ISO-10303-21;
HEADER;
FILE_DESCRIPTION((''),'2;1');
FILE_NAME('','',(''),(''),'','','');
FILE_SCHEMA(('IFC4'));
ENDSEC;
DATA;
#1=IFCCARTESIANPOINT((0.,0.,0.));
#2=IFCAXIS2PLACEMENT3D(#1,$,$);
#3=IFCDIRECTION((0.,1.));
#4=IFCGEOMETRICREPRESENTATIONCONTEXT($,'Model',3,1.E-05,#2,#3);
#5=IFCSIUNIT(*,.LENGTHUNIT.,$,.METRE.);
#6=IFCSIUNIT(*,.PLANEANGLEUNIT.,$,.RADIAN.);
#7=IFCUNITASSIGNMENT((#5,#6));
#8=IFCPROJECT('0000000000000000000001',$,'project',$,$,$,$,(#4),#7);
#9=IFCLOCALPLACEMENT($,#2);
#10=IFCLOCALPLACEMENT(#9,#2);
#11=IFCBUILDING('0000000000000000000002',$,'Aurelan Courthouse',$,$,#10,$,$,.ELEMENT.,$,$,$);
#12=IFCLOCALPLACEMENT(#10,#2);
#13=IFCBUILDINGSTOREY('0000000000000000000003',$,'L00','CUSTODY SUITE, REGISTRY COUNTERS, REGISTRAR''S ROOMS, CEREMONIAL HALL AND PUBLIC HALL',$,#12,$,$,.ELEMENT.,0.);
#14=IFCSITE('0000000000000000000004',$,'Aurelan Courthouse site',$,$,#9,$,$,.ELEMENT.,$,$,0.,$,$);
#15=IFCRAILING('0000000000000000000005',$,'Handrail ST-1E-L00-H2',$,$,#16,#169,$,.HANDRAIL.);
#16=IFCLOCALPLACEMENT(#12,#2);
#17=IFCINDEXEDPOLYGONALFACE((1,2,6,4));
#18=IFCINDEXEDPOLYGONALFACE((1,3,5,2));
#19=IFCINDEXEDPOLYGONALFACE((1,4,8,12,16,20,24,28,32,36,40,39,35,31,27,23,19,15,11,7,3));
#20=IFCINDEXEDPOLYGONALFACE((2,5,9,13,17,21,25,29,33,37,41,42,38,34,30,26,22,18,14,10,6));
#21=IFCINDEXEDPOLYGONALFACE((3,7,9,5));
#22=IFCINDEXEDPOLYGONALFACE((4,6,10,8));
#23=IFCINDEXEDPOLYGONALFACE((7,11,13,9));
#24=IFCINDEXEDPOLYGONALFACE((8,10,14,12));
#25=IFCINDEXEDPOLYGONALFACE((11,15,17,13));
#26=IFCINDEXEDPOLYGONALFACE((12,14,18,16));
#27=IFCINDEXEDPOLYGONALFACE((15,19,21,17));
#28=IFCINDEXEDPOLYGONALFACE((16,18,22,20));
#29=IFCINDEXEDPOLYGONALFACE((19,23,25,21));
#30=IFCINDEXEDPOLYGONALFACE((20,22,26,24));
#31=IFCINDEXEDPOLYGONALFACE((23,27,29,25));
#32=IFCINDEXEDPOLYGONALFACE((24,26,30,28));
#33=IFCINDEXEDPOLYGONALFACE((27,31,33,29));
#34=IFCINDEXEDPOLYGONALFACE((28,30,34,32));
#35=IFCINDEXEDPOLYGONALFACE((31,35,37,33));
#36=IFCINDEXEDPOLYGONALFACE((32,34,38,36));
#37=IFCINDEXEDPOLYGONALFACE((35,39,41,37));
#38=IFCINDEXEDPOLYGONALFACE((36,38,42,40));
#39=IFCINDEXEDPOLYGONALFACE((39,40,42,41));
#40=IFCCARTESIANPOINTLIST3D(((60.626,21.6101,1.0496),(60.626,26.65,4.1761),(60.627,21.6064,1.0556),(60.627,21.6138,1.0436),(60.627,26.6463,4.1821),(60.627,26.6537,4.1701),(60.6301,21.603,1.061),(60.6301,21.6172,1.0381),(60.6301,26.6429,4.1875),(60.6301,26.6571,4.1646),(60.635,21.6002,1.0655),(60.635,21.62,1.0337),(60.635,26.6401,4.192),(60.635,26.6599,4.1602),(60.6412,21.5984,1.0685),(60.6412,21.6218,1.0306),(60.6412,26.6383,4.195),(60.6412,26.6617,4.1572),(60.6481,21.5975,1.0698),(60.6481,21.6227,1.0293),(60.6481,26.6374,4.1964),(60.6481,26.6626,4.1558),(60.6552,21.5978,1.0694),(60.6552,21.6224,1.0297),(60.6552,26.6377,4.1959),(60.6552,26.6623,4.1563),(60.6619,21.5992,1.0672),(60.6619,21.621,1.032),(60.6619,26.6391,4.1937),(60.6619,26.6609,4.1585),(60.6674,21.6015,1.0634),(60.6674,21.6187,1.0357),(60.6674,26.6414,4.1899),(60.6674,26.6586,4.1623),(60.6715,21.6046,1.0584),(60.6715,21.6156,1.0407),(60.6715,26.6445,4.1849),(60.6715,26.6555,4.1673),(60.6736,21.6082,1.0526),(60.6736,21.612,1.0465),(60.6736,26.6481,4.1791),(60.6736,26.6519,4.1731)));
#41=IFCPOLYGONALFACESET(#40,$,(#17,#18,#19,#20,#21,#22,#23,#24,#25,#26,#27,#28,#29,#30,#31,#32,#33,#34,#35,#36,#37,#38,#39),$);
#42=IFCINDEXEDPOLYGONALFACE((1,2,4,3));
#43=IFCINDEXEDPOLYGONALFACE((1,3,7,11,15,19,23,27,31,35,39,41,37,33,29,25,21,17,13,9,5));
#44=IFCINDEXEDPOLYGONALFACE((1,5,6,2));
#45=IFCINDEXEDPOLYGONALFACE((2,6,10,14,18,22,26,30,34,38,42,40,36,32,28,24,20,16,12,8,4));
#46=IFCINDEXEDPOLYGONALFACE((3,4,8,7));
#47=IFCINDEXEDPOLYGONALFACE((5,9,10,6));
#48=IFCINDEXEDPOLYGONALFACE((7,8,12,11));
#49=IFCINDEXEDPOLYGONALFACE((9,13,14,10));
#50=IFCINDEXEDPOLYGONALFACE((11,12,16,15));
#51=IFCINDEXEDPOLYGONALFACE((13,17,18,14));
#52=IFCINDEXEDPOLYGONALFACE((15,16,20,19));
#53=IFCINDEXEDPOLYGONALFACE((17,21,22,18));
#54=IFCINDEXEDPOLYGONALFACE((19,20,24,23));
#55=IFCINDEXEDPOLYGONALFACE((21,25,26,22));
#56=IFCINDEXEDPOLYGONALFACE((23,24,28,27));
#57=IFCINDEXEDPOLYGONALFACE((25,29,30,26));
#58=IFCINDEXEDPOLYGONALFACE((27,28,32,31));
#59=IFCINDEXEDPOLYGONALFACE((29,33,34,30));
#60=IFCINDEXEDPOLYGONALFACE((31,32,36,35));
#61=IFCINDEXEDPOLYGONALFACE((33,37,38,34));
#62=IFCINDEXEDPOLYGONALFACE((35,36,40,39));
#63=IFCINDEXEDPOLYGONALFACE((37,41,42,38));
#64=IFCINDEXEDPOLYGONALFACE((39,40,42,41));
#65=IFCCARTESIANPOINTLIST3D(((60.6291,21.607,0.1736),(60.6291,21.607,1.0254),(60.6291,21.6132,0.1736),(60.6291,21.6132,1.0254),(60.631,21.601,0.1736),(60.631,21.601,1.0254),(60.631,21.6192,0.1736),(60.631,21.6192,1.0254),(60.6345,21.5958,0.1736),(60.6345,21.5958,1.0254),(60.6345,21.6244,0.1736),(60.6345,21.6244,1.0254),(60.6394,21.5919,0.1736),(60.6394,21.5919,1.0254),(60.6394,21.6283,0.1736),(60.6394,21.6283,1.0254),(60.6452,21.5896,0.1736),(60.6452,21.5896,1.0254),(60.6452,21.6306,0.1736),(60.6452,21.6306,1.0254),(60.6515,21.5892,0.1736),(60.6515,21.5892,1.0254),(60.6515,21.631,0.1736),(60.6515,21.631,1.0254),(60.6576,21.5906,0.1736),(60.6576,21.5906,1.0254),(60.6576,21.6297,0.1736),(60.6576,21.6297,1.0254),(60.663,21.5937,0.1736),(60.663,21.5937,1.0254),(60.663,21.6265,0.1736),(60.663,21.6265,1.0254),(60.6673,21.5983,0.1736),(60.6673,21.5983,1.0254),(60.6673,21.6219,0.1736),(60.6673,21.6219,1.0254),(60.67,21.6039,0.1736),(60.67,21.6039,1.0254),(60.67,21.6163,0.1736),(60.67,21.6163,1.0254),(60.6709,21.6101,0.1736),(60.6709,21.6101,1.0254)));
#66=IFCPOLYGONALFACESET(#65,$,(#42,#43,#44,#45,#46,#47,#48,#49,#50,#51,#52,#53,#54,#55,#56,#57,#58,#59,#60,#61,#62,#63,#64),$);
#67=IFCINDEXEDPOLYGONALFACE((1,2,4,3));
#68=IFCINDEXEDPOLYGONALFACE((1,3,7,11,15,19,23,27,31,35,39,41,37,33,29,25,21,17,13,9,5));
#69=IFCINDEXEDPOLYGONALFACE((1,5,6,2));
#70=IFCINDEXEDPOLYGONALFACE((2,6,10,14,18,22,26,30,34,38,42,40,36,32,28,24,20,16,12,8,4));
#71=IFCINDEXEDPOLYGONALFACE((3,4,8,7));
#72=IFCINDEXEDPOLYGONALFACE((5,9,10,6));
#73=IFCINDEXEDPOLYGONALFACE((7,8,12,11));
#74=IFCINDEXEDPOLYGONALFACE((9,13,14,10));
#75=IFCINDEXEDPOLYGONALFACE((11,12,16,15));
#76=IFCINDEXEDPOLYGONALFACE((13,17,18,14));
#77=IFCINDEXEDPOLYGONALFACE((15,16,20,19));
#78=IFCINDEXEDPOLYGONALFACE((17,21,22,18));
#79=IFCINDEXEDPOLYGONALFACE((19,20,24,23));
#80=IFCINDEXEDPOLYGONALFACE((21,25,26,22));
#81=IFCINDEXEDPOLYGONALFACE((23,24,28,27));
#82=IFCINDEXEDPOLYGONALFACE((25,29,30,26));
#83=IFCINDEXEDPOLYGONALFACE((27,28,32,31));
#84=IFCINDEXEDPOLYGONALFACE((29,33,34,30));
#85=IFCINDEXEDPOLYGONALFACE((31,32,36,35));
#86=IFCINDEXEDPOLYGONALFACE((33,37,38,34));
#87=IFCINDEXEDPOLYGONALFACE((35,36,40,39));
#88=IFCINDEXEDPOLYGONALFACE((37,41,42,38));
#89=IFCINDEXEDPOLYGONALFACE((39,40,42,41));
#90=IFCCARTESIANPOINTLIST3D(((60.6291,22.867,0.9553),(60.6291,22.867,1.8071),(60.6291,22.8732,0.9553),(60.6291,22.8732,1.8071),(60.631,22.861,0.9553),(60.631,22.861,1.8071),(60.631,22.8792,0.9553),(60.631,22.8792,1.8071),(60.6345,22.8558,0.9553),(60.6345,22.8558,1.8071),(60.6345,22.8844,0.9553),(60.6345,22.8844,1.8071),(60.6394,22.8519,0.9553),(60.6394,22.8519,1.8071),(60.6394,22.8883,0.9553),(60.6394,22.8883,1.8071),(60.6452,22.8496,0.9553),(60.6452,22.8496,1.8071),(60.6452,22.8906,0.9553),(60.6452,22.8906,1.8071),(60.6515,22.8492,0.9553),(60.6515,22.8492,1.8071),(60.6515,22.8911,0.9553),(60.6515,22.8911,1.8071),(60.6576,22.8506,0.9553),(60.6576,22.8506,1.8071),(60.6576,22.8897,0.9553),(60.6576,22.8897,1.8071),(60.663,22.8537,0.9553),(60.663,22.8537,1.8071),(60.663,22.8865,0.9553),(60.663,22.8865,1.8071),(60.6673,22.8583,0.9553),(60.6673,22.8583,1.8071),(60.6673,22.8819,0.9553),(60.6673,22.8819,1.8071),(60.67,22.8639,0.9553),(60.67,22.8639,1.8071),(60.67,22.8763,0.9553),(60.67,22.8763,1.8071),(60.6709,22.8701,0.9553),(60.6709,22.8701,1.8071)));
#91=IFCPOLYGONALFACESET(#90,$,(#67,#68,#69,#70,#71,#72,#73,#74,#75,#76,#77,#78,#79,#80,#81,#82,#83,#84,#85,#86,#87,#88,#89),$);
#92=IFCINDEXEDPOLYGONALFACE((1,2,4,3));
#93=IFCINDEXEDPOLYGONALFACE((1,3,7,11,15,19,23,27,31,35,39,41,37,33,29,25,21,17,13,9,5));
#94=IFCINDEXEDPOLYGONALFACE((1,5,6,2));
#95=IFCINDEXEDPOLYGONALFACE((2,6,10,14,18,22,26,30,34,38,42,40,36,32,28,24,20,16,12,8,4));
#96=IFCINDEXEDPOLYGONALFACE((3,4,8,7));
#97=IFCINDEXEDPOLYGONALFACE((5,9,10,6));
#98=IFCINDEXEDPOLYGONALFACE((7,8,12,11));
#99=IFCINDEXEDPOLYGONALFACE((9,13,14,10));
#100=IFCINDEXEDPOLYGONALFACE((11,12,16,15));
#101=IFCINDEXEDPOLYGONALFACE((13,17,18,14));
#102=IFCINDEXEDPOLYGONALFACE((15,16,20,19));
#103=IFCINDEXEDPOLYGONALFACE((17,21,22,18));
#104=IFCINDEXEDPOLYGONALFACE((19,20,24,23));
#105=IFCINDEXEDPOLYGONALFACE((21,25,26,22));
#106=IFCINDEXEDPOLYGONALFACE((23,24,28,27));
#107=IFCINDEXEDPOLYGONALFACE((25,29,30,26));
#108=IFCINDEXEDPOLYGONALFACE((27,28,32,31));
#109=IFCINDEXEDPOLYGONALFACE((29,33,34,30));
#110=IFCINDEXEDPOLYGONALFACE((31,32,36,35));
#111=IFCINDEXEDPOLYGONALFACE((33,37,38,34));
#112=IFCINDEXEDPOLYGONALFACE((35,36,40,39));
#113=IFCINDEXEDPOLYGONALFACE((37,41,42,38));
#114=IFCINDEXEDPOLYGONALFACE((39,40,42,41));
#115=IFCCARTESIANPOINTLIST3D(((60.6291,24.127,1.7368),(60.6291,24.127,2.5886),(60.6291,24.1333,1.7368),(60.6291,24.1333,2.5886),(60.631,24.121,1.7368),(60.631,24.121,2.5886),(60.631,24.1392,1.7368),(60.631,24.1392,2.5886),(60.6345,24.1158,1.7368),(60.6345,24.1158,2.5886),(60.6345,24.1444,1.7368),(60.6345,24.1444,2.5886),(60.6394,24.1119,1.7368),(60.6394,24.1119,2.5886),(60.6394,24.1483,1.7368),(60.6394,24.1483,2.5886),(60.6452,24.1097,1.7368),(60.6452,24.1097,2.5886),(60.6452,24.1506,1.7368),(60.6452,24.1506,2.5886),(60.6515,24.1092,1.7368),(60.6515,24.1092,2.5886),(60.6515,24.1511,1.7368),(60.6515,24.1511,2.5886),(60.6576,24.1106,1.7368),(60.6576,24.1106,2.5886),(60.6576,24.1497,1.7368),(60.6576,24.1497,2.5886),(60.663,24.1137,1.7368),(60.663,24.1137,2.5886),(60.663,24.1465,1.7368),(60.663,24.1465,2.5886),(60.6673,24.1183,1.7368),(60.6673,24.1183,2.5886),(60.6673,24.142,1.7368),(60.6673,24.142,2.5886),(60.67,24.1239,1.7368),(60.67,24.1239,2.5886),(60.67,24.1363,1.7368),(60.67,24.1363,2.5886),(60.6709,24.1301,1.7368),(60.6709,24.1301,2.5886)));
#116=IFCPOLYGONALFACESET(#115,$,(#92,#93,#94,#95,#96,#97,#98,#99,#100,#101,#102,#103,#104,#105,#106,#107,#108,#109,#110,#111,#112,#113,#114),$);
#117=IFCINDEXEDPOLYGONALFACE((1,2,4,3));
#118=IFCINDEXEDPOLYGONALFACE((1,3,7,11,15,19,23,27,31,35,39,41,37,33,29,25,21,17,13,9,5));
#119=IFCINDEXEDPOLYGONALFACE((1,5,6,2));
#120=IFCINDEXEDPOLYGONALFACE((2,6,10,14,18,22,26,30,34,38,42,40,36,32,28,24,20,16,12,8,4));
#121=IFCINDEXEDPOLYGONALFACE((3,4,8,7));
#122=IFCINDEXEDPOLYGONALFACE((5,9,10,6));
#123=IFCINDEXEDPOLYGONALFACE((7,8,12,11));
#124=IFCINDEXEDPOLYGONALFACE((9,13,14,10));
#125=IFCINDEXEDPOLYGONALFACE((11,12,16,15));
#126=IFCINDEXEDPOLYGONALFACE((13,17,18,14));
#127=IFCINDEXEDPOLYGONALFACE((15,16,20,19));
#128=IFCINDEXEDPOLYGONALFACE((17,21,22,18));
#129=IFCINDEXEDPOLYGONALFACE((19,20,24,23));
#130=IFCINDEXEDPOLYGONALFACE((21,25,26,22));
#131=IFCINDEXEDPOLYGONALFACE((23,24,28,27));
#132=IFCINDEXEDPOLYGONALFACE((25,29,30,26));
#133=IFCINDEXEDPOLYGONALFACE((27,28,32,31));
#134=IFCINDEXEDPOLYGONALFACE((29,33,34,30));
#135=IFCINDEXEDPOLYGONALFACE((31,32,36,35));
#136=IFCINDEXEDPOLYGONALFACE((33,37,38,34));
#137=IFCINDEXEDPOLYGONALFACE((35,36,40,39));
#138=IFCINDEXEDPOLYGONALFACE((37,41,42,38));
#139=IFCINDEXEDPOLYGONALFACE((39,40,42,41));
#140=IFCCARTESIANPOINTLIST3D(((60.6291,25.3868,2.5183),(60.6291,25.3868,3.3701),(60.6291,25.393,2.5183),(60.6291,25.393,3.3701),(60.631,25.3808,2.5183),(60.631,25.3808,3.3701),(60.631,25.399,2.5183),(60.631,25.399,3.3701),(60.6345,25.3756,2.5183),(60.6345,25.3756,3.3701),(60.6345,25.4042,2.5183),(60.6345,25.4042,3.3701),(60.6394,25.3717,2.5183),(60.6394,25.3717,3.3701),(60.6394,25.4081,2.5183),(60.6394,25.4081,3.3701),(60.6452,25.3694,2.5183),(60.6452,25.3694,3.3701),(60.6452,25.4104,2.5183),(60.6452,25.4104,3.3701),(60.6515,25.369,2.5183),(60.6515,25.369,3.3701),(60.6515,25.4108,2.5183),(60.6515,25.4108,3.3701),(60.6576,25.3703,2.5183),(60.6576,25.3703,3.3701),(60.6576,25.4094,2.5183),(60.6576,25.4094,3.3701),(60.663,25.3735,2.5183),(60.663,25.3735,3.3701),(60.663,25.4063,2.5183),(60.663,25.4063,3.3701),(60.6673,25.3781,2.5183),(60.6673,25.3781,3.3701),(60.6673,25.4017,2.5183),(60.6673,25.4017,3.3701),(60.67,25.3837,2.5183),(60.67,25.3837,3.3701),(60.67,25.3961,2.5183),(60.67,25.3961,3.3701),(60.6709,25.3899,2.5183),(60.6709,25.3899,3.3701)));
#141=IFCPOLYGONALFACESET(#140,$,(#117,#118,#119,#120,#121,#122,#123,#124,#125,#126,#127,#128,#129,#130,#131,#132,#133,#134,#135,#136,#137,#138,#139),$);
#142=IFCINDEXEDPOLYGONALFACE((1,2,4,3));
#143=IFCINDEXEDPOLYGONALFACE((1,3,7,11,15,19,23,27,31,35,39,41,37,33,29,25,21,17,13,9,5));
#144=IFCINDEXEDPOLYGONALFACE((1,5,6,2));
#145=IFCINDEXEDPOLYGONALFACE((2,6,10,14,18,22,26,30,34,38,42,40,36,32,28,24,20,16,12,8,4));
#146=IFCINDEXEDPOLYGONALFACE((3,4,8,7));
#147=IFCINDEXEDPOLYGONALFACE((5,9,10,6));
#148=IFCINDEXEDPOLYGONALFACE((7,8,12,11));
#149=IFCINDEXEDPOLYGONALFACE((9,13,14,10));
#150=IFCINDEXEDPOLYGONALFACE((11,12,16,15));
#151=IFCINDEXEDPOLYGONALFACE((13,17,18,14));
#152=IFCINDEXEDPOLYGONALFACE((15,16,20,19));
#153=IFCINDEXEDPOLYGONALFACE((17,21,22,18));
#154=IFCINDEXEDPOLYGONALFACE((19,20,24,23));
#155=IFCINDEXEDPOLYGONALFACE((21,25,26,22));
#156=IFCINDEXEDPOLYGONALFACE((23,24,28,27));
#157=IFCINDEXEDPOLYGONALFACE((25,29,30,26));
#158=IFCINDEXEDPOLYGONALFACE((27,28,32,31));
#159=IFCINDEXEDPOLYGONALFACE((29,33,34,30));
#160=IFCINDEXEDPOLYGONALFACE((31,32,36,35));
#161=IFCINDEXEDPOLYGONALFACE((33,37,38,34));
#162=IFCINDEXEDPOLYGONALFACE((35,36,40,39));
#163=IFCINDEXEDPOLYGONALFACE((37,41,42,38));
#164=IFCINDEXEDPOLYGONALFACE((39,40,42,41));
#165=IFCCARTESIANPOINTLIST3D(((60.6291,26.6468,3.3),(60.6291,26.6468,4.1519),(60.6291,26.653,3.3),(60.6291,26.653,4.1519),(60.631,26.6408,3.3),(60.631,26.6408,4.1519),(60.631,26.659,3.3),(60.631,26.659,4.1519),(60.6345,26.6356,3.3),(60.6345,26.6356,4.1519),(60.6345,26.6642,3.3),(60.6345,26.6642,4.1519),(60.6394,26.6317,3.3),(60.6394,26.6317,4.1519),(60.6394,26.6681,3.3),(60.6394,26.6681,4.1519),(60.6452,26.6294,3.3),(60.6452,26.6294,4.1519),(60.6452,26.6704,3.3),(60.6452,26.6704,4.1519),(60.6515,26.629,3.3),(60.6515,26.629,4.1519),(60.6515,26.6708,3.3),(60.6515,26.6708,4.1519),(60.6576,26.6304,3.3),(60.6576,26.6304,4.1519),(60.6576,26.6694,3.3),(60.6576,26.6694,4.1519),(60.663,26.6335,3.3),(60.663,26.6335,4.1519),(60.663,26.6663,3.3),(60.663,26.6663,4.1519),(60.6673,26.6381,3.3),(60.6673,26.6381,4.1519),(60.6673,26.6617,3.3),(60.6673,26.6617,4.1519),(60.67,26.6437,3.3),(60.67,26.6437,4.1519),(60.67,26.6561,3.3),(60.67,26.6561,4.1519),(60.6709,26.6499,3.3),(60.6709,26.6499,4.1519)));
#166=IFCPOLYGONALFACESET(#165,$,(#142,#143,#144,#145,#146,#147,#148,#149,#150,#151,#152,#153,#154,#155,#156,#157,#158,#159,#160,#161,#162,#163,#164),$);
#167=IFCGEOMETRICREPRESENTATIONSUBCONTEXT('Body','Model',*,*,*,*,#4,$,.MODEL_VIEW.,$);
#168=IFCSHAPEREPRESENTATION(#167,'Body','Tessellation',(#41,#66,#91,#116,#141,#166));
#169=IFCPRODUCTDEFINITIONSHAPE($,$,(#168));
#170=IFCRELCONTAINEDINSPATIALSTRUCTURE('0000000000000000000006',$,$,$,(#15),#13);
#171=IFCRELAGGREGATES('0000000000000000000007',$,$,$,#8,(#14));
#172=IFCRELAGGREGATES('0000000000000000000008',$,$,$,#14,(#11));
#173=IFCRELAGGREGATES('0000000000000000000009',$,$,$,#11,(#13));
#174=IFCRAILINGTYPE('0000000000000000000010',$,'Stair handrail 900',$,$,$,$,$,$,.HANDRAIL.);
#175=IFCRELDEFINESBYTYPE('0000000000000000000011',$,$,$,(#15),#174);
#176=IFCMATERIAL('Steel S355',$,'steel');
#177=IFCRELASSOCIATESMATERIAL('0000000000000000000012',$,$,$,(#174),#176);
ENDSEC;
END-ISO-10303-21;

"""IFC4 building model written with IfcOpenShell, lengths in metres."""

from ifc_helpers import new_model, si_unit, direction, frame, origin, origin_2d, place, context, subcontext, project, spatial, circle, extrude, material, type_object, element, save


model = new_model("IFC4")

# Units and contexts
model_context = context("Model", 3, precision=1e-05, world=origin(), true_north=direction((0.0, 1.0)))
body_context = subcontext(model_context, "Body", "Model", "MODEL_VIEW")
ifc_project = project(units=[si_unit("LENGTHUNIT", "METRE"), si_unit("PLANEANGLEUNIT", "RADIAN")], contexts=[model_context])

# Site, building, storey
site_placement = place(None, origin())
site = spatial("IfcSite", under=ifc_project, at=site_placement, Name="Aurelan Courthouse site", CompositionType="ELEMENT", RefElevation=0.0)
building_placement = place(site_placement, origin())
building = spatial("IfcBuilding", under=site, at=building_placement, Name="Aurelan Courthouse", CompositionType="ELEMENT")
storey_placement = place(building_placement, origin())
storey = spatial("IfcBuildingStorey", under=building, at=storey_placement, Name="L00", Description="CUSTODY SUITE, REGISTRY COUNTERS, REGISTRAR'S ROOMS, CEREMONIAL HALL AND PUBLIC HALL", CompositionType="ELEMENT", Elevation=0.0)

# Railing
ifc_material_1 = material(Name="Steel S355", Category="steel")
railing_type = type_object("IfcRailingType", Name="Stair handrail 900", PredefinedType="HANDRAIL", material=ifc_material_1)
railing_placement = place(storey_placement, frame((60.6499, 21.6101, 0.1736)))
element("IfcRailing", 1, at=railing_placement, inside=storey, type_object=railing_type, Name="Handrail ST-1E-L00-H2", PredefinedType="HANDRAIL", context=body_context, shape_type="SweptSolid", body=[
    extrude(circle(Radius=0.0239, at=origin_2d()), frame((0.0, 0.0, 0.876), z_axis=(0.0, 0.849767, 0.527158), x_axis=(-1.0, 0.0, 0.0)), (0.0, 0.0, 1.0), 5.9309),
    extrude(circle(Radius=0.021, at=origin_2d()), origin(), (0.0, 0.0, 1.0), 0.8518),
    extrude(circle(Radius=0.021, at=origin_2d()), frame((0.0, 1.26, 0.7817)), (0.0, 0.0, 1.0), 0.8518),
    extrude(circle(Radius=0.021, at=origin_2d()), frame((0.0, 2.52, 1.5632)), (0.0, 0.0, 1.0), 0.8518),
    extrude(circle(Radius=0.021, at=origin_2d()), frame((0.0, 3.7798, 2.3447)), (0.0, 0.0, 1.0), 0.8518),
    extrude(circle(Radius=0.021, at=origin_2d()), frame((0.0, 5.0398, 3.1265)), (0.0, 0.0, 1.0), 0.8518),
])

save(model, "model.ifc")
